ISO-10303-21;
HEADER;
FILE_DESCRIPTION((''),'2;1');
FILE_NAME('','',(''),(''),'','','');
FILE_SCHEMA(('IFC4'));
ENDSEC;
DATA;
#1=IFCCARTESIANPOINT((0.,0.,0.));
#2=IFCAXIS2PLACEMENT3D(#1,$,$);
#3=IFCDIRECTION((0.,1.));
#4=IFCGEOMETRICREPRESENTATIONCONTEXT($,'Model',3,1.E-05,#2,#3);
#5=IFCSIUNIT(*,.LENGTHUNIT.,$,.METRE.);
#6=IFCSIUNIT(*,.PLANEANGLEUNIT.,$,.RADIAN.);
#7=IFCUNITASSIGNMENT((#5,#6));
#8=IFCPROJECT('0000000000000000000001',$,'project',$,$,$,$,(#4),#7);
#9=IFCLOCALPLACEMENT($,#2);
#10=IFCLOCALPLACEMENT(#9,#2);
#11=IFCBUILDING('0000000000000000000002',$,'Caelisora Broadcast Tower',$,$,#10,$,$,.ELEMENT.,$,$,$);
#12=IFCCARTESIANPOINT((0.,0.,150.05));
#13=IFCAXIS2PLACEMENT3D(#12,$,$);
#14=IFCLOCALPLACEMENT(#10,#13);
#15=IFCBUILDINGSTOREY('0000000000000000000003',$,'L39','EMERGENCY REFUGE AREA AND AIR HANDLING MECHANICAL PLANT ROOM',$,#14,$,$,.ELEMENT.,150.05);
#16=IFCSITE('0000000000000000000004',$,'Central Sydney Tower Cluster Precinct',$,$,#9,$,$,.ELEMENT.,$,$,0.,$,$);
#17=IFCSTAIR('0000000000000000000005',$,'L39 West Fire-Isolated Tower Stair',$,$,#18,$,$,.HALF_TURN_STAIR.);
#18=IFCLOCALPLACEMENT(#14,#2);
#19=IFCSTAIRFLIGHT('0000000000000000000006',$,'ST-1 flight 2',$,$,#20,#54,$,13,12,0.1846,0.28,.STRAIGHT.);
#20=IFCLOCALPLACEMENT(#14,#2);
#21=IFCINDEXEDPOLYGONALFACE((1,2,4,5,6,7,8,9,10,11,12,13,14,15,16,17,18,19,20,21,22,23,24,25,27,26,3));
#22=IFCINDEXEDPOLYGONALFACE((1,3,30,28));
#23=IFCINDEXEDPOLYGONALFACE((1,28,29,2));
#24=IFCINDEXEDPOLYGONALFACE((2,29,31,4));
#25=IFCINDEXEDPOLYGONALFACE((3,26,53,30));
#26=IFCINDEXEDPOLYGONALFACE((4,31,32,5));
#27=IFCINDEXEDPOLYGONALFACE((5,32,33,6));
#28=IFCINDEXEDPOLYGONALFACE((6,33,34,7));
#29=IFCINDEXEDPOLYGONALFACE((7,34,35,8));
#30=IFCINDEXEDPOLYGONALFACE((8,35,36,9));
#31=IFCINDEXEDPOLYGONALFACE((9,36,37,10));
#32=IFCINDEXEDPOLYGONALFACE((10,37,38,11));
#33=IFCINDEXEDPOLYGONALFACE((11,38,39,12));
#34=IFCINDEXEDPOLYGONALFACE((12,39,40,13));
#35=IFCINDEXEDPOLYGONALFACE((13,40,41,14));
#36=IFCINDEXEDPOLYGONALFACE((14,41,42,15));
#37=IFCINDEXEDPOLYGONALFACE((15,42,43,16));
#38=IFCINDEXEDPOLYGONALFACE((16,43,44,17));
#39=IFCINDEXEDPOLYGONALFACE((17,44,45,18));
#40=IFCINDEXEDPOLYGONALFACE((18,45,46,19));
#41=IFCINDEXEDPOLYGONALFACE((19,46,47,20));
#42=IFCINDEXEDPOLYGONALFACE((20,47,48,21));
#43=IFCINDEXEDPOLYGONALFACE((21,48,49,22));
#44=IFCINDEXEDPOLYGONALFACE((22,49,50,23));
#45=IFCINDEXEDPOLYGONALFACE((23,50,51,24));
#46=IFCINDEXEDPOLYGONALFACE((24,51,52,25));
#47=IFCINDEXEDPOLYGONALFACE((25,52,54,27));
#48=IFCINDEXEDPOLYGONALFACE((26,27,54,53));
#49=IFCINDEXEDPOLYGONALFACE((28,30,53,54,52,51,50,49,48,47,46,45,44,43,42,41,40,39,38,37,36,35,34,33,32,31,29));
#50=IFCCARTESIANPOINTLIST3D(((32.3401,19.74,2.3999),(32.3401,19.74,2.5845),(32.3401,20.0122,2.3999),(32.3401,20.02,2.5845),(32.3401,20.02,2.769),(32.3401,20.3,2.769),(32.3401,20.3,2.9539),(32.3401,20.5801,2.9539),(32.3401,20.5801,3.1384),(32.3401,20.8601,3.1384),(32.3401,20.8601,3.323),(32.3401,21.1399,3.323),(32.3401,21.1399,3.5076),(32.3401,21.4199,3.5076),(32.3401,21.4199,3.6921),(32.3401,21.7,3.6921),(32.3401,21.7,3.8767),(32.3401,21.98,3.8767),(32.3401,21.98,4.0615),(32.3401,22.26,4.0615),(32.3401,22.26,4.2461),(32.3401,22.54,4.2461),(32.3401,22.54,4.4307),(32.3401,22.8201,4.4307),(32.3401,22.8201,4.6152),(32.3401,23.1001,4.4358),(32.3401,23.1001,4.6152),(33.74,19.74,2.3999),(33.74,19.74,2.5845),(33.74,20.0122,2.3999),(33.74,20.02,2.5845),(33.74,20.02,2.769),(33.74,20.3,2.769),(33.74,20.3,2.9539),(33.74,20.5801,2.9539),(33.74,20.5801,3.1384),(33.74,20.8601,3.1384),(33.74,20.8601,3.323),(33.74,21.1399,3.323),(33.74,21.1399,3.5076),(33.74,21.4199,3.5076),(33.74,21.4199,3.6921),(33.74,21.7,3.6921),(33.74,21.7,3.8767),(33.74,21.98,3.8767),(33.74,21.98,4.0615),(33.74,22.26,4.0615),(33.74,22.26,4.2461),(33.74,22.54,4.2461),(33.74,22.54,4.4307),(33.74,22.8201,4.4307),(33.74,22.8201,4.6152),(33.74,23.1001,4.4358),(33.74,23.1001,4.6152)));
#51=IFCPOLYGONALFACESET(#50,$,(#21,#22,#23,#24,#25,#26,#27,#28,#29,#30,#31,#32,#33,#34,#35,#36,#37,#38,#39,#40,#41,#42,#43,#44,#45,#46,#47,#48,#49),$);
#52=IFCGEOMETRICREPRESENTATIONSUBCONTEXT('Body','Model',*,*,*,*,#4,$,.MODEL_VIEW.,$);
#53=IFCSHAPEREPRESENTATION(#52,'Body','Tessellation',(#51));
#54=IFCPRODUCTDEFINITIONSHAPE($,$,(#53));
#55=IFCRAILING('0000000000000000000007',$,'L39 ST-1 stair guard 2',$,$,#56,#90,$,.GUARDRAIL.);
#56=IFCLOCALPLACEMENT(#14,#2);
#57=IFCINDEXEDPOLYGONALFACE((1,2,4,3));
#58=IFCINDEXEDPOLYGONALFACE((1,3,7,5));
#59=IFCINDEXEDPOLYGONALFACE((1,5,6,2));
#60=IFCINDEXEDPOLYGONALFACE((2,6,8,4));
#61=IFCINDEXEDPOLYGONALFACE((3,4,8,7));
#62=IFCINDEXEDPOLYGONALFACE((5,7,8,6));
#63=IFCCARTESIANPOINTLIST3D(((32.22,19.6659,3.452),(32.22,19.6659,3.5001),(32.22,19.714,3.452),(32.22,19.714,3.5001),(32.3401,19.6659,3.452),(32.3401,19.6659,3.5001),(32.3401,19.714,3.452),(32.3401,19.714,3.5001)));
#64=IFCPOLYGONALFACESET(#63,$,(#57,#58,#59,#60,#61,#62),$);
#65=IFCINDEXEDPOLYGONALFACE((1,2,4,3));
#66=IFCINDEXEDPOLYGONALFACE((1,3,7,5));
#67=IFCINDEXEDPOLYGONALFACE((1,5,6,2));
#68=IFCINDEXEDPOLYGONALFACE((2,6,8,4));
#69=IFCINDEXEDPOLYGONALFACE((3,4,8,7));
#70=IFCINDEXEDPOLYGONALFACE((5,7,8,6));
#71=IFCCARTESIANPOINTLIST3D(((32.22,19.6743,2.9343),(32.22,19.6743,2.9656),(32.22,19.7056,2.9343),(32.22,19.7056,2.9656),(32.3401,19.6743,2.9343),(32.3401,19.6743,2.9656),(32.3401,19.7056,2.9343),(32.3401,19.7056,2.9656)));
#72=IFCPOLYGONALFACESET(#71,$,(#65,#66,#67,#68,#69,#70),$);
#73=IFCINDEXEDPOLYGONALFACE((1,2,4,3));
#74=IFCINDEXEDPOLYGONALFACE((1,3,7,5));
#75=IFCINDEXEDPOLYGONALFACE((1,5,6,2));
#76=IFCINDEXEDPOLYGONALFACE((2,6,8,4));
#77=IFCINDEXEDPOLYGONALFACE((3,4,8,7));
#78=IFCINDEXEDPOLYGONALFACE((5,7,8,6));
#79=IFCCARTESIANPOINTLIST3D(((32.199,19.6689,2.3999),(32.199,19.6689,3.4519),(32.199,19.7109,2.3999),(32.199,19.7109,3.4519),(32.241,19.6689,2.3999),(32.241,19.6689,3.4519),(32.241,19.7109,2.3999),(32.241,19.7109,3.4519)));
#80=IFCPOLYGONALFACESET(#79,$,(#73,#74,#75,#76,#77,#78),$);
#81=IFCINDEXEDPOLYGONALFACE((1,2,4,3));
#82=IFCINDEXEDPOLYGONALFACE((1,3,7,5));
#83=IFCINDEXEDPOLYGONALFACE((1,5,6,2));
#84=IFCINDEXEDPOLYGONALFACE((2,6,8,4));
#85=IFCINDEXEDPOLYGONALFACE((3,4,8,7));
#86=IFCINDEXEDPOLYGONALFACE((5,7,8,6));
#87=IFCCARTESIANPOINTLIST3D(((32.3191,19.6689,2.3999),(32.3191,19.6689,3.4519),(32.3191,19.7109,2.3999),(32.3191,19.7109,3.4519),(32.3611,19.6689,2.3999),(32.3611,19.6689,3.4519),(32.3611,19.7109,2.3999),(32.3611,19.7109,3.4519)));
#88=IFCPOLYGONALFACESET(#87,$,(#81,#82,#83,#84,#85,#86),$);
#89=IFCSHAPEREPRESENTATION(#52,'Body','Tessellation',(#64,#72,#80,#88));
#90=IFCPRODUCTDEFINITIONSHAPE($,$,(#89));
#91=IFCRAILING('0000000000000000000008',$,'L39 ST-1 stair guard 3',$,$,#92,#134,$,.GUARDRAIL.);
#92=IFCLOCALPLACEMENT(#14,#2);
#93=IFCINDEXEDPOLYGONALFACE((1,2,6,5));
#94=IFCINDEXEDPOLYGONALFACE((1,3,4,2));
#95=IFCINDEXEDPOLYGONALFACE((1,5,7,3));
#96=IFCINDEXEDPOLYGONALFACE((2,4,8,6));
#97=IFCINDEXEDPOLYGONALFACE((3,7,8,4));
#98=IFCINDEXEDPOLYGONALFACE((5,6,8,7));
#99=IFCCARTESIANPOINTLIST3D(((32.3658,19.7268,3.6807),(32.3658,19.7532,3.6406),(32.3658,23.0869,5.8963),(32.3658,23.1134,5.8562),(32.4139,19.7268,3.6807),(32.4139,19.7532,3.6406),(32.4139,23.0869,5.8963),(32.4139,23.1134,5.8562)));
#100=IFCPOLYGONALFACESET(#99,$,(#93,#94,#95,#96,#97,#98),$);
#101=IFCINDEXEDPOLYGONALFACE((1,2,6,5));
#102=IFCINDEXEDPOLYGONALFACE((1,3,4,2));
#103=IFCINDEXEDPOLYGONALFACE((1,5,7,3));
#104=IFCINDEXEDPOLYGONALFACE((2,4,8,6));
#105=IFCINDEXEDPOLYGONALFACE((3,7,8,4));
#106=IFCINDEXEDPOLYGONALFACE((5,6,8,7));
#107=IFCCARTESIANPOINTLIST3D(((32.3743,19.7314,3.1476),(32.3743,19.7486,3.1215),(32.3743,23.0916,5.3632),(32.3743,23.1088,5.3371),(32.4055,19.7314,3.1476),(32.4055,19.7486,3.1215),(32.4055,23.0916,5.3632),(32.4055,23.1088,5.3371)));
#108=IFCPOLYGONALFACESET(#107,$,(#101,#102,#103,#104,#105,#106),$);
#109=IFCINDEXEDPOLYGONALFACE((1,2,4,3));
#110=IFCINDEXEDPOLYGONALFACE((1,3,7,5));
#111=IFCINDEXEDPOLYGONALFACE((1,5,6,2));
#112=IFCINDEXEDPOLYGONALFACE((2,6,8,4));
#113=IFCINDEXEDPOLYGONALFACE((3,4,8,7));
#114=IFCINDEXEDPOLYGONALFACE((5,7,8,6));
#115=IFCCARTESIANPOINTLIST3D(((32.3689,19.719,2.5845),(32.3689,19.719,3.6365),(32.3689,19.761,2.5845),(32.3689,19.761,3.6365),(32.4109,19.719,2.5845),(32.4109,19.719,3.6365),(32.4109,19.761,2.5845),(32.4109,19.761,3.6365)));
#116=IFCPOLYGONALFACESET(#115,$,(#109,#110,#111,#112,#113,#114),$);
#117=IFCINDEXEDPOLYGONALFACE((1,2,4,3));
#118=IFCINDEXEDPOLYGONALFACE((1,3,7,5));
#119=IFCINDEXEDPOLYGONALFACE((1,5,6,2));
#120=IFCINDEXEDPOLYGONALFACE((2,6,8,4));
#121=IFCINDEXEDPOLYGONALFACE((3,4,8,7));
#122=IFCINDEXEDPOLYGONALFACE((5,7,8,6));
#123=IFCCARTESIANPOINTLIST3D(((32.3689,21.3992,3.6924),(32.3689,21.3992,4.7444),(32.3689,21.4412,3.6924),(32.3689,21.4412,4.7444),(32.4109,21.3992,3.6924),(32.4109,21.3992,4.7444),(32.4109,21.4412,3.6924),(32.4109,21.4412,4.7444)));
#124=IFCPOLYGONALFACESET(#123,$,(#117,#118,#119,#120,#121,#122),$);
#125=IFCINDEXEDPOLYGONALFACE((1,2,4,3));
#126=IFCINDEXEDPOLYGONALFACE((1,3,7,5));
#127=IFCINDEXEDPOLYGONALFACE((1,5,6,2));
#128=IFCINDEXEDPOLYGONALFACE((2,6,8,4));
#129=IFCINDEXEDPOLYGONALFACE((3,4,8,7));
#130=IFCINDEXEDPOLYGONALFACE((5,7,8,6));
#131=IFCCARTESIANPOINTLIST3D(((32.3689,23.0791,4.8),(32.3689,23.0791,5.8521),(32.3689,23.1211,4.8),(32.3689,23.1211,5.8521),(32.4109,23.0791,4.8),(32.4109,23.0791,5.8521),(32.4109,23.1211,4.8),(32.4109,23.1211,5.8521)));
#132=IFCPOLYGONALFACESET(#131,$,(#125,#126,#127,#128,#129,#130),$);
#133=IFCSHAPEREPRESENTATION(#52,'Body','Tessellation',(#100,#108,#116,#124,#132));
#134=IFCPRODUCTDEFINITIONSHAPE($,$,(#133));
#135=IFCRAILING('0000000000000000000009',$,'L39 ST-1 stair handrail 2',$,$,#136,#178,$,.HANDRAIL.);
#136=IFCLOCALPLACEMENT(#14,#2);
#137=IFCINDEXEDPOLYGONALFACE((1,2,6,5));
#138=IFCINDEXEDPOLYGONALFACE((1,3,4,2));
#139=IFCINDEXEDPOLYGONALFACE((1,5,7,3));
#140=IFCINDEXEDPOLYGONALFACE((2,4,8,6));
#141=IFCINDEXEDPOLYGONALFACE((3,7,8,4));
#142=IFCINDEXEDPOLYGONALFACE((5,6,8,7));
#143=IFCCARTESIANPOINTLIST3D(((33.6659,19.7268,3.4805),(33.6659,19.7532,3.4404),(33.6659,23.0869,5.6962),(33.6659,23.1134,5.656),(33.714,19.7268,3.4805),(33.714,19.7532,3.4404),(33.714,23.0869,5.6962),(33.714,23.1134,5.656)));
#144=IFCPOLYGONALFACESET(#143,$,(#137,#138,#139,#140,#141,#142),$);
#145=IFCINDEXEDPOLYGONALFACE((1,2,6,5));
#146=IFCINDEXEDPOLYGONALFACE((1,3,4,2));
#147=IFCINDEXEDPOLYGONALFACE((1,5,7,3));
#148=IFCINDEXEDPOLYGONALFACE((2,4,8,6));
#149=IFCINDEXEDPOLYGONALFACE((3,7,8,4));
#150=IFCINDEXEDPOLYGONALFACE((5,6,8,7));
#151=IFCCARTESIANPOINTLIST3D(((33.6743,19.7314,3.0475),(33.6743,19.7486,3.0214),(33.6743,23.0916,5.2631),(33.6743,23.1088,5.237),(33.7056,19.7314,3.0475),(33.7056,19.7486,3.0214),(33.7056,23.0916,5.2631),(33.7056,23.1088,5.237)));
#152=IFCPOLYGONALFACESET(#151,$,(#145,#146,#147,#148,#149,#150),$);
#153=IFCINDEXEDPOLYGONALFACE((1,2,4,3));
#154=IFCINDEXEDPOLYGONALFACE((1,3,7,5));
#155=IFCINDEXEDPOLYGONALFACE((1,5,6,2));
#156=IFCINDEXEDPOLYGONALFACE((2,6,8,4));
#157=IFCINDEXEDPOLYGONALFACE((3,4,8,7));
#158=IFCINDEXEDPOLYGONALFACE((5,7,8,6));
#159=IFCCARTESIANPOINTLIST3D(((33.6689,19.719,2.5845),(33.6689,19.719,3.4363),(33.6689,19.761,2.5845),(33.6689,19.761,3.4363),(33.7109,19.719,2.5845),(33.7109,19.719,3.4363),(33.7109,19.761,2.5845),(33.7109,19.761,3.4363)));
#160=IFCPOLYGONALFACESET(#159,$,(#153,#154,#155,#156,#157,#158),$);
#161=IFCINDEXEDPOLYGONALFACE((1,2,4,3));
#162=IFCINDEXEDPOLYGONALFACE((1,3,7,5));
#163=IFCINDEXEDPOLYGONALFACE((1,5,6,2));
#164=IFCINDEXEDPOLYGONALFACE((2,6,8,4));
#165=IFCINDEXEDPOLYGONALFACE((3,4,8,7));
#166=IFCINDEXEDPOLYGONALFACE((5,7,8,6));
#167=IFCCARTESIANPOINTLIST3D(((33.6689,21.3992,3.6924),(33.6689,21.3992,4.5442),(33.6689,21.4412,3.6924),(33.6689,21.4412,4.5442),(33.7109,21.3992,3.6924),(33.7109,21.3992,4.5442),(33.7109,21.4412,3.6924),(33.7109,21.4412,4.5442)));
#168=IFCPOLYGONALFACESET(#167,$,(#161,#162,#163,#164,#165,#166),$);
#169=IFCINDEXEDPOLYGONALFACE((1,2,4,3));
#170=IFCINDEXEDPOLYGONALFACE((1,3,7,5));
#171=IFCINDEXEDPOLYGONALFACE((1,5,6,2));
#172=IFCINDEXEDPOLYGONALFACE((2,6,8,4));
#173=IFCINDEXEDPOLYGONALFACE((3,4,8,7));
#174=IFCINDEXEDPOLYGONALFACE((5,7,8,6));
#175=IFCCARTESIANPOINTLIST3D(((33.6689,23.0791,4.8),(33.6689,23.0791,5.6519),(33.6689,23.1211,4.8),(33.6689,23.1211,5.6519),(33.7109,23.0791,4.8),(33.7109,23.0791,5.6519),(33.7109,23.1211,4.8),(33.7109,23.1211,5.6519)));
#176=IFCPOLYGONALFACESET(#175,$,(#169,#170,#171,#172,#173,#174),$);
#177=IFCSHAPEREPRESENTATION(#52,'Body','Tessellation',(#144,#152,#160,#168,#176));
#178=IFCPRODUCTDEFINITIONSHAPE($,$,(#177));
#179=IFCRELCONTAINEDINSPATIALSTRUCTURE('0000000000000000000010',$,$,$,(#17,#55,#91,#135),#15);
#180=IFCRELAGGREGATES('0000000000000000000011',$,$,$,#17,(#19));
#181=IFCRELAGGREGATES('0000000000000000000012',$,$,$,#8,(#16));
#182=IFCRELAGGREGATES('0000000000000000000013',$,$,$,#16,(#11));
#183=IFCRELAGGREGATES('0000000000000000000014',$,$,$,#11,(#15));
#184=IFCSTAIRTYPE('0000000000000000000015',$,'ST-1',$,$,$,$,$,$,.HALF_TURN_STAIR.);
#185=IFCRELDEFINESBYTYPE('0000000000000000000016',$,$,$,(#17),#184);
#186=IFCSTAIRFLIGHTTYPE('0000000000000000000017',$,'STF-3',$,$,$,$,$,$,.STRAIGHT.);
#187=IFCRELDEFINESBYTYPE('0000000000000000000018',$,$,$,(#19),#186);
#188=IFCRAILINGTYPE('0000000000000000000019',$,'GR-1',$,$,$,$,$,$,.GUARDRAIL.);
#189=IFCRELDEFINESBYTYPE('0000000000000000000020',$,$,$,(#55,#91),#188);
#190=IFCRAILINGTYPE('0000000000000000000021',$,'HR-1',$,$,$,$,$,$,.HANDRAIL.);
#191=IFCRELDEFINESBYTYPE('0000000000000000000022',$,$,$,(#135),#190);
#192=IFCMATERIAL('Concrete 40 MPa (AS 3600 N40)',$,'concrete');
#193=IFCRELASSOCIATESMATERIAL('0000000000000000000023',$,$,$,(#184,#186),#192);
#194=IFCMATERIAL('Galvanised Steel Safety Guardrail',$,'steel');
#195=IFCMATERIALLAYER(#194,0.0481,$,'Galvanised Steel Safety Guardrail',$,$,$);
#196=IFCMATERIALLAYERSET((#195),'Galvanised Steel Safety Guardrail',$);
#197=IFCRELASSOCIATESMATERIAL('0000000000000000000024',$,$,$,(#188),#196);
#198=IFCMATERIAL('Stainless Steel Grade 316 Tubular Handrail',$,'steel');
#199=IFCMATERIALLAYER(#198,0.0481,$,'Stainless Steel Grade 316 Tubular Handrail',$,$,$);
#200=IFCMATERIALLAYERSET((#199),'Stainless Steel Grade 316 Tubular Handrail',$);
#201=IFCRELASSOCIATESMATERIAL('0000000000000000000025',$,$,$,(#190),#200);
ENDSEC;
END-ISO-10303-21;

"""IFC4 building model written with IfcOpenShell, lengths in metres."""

from ifc_helpers import new_model, si_unit, direction, frame, origin, origin_2d, place, context, subcontext, project, spatial, polyline, rectangle, outline, extrude, material, layer, layer_set, type_object, element, aggregate, save


model = new_model("IFC4")

# Units and contexts
model_context = context("Model", 3, precision=1e-05, world=origin(), true_north=direction((0.0, 1.0)))
body_context = subcontext(model_context, "Body", "Model", "MODEL_VIEW")
ifc_project = project(units=[si_unit("LENGTHUNIT", "METRE"), si_unit("PLANEANGLEUNIT", "RADIAN")], contexts=[model_context])

# Site, building, storey
site_placement = place(None, origin())
site = spatial("IfcSite", under=ifc_project, at=site_placement, Name="Central Sydney Tower Cluster Precinct", CompositionType="ELEMENT", RefElevation=0.0)
building_placement = place(site_placement, origin())
building = spatial("IfcBuilding", under=site, at=building_placement, Name="Caelisora Broadcast Tower", CompositionType="ELEMENT")
storey_placement = place(building_placement, frame((0.0, 0.0, 150.05)))
storey = spatial("IfcBuildingStorey", under=building, at=storey_placement, Name="L39", Description="EMERGENCY REFUGE AREA AND AIR HANDLING MECHANICAL PLANT ROOM", CompositionType="ELEMENT", Elevation=150.05)

# Stair, stair flight
ifc_material_1 = material(Name="Concrete 40 MPa (AS 3600 N40)", Category="concrete")
stair_type = type_object("IfcStairType", Name="ST-1", PredefinedType="HALF_TURN_STAIR", material=ifc_material_1)
stair_placement = place(storey_placement, origin())
stair = element("IfcStair", 1, at=stair_placement, inside=storey, type_object=stair_type, Name="L39 West Fire-Isolated Tower Stair", PredefinedType="HALF_TURN_STAIR")
stair_flight_type = type_object("IfcStairFlightType", Name="STF-3", PredefinedType="STRAIGHT", material=ifc_material_1)
stair_flight_placement = place(storey_placement, frame((33.04, 19.74, 2.3999), z_axis=(0.0, 0.0, 1.0), x_axis=(0.0, 1.0, 0.0)))
stair_flight = element("IfcStairFlight", 2, at=stair_flight_placement, type_object=stair_flight_type, Name="ST-1 flight 2", NumberOfRisers=13, NumberOfTreads=12, PredefinedType="STRAIGHT", RiserHeight=0.1846, TreadLength=0.28, context=body_context, shape_type="SweptSolid", body=[
    extrude(outline(polyline([(0.0, 0.0), (0.0, 0.1846), (0.28, 0.1846), (0.28, 0.3691), (0.5601, 0.3691), (0.5601, 0.554), (0.8401, 0.554), (0.8401, 0.7385), (1.1201, 0.7385), (1.1201, 0.9231), (1.3999, 0.9231), (1.3999, 1.1077), (1.6799, 1.1077), (1.6799, 1.2922), (1.96, 1.2922), (1.96, 1.4768), (2.24, 1.4768), (2.24, 1.6616), (2.52, 1.6616), (2.52, 1.8462), (2.8, 1.8462), (2.8, 2.0308), (3.0801, 2.0308), (3.0801, 2.2153), (3.3601, 2.2153), (3.3601, 2.3999), (3.3601, 2.0359), (0.2722, 0.0), (0.0, 0.0)])), frame((0.0, 0.7, 0.0), z_axis=(0.0, -1.0, 0.0), x_axis=(1.0, 0.0, 0.0)), (0.0, 0.0, 1.0), 1.3999),
])
aggregate(stair, [stair_flight])

# Railings
ifc_material_2 = material(Name="Galvanised Steel Safety Guardrail", Category="steel")
ifc_layer_1 = layer(ifc_material_2, 0.0481, Name="Galvanised Steel Safety Guardrail")
ifc_layer_set_1 = layer_set([ifc_layer_1], Name="Galvanised Steel Safety Guardrail")
railing_type_1 = type_object("IfcRailingType", Name="GR-1", PredefinedType="GUARDRAIL", material=ifc_layer_set_1)
railing_1_placement = place(storey_placement, frame((32.22, 19.6899, 2.3999)))
element("IfcRailing", 3, at=railing_1_placement, inside=storey, type_object=railing_type_1, Name="L39 ST-1 stair guard 2", PredefinedType="GUARDRAIL", context=body_context, shape_type="SweptSolid", body=[
    extrude(rectangle(XDim=0.0481, YDim=0.0481, at=origin_2d()), frame((0.0, 0.0, 1.0762), z_axis=(1.0, 0.0, 0.0), x_axis=(0.0, 1.0, 0.0)), (0.0, 0.0, 1.0), 0.1201),
    extrude(rectangle(XDim=0.0312, YDim=0.0312, at=origin_2d()), frame((0.0, 0.0, 0.55), z_axis=(1.0, 0.0, 0.0), x_axis=(0.0, 1.0, 0.0)), (0.0, 0.0, 1.0), 0.1201),
    extrude(rectangle(XDim=0.042, YDim=0.042, at=origin_2d()), origin(), (0.0, 0.0, 1.0), 1.052),
    extrude(rectangle(XDim=0.042, YDim=0.042, at=origin_2d()), frame((0.1201, 0.0, 0.0)), (0.0, 0.0, 1.0), 1.052),
])
railing_2_placement = place(storey_placement, frame((32.3899, 19.74, 2.5845)))
element("IfcRailing", 4, at=railing_2_placement, inside=storey, type_object=railing_type_1, Name="L39 ST-1 stair guard 3", PredefinedType="GUARDRAIL", context=body_context, shape_type="SweptSolid", body=[
    extrude(rectangle(XDim=0.0481, YDim=0.0481, at=origin_2d()), frame((0.0, 0.0, 1.0762), z_axis=(0.0, 0.834849, 0.55048), x_axis=(-1.0, 0.0, 0.0)), (0.0, 0.0, 1.0), 4.0249),
    extrude(rectangle(XDim=0.0312, YDim=0.0312, at=origin_2d()), frame((0.0, 0.0, 0.55), z_axis=(0.0, 0.834849, 0.55048), x_axis=(-1.0, 0.0, 0.0)), (0.0, 0.0, 1.0), 4.0249),
    extrude(rectangle(XDim=0.042, YDim=0.042, at=origin_2d()), origin(), (0.0, 0.0, 1.0), 1.052),
    extrude(rectangle(XDim=0.042, YDim=0.042, at=origin_2d()), frame((0.0, 1.6802, 1.1079)), (0.0, 0.0, 1.0), 1.052),
    extrude(rectangle(XDim=0.042, YDim=0.042, at=origin_2d()), frame((0.0, 3.3601, 2.2156)), (0.0, 0.0, 1.0), 1.052),
])
ifc_material_3 = material(Name="Stainless Steel Grade 316 Tubular Handrail", Category="steel")
ifc_layer_2 = layer(ifc_material_3, 0.0481, Name="Stainless Steel Grade 316 Tubular Handrail")
ifc_layer_set_2 = layer_set([ifc_layer_2], Name="Stainless Steel Grade 316 Tubular Handrail")
railing_type_2 = type_object("IfcRailingType", Name="HR-1", PredefinedType="HANDRAIL", material=ifc_layer_set_2)
railing_3_placement = place(storey_placement, frame((33.6899, 19.74, 2.5845)))
element("IfcRailing", 5, at=railing_3_placement, inside=storey, type_object=railing_type_2, Name="L39 ST-1 stair handrail 2", PredefinedType="HANDRAIL", context=body_context, shape_type="SweptSolid", body=[
    extrude(rectangle(XDim=0.0481, YDim=0.0481, at=origin_2d()), frame((0.0, 0.0, 0.876), z_axis=(0.0, 0.834849, 0.55048), x_axis=(-1.0, 0.0, 0.0)), (0.0, 0.0, 1.0), 4.0249),
    extrude(rectangle(XDim=0.0312, YDim=0.0312, at=origin_2d()), frame((0.0, 0.0, 0.45), z_axis=(0.0, 0.834849, 0.55048), x_axis=(-1.0, 0.0, 0.0)), (0.0, 0.0, 1.0), 4.0249),
    extrude(rectangle(XDim=0.042, YDim=0.042, at=origin_2d()), origin(), (0.0, 0.0, 1.0), 0.8518),
    extrude(rectangle(XDim=0.042, YDim=0.042, at=origin_2d()), frame((0.0, 1.6802, 1.1079)), (0.0, 0.0, 1.0), 0.8518),
    extrude(rectangle(XDim=0.042, YDim=0.042, at=origin_2d()), frame((0.0, 3.3601, 2.2156)), (0.0, 0.0, 1.0), 0.8518),
])

save(model, "model.ifc")
